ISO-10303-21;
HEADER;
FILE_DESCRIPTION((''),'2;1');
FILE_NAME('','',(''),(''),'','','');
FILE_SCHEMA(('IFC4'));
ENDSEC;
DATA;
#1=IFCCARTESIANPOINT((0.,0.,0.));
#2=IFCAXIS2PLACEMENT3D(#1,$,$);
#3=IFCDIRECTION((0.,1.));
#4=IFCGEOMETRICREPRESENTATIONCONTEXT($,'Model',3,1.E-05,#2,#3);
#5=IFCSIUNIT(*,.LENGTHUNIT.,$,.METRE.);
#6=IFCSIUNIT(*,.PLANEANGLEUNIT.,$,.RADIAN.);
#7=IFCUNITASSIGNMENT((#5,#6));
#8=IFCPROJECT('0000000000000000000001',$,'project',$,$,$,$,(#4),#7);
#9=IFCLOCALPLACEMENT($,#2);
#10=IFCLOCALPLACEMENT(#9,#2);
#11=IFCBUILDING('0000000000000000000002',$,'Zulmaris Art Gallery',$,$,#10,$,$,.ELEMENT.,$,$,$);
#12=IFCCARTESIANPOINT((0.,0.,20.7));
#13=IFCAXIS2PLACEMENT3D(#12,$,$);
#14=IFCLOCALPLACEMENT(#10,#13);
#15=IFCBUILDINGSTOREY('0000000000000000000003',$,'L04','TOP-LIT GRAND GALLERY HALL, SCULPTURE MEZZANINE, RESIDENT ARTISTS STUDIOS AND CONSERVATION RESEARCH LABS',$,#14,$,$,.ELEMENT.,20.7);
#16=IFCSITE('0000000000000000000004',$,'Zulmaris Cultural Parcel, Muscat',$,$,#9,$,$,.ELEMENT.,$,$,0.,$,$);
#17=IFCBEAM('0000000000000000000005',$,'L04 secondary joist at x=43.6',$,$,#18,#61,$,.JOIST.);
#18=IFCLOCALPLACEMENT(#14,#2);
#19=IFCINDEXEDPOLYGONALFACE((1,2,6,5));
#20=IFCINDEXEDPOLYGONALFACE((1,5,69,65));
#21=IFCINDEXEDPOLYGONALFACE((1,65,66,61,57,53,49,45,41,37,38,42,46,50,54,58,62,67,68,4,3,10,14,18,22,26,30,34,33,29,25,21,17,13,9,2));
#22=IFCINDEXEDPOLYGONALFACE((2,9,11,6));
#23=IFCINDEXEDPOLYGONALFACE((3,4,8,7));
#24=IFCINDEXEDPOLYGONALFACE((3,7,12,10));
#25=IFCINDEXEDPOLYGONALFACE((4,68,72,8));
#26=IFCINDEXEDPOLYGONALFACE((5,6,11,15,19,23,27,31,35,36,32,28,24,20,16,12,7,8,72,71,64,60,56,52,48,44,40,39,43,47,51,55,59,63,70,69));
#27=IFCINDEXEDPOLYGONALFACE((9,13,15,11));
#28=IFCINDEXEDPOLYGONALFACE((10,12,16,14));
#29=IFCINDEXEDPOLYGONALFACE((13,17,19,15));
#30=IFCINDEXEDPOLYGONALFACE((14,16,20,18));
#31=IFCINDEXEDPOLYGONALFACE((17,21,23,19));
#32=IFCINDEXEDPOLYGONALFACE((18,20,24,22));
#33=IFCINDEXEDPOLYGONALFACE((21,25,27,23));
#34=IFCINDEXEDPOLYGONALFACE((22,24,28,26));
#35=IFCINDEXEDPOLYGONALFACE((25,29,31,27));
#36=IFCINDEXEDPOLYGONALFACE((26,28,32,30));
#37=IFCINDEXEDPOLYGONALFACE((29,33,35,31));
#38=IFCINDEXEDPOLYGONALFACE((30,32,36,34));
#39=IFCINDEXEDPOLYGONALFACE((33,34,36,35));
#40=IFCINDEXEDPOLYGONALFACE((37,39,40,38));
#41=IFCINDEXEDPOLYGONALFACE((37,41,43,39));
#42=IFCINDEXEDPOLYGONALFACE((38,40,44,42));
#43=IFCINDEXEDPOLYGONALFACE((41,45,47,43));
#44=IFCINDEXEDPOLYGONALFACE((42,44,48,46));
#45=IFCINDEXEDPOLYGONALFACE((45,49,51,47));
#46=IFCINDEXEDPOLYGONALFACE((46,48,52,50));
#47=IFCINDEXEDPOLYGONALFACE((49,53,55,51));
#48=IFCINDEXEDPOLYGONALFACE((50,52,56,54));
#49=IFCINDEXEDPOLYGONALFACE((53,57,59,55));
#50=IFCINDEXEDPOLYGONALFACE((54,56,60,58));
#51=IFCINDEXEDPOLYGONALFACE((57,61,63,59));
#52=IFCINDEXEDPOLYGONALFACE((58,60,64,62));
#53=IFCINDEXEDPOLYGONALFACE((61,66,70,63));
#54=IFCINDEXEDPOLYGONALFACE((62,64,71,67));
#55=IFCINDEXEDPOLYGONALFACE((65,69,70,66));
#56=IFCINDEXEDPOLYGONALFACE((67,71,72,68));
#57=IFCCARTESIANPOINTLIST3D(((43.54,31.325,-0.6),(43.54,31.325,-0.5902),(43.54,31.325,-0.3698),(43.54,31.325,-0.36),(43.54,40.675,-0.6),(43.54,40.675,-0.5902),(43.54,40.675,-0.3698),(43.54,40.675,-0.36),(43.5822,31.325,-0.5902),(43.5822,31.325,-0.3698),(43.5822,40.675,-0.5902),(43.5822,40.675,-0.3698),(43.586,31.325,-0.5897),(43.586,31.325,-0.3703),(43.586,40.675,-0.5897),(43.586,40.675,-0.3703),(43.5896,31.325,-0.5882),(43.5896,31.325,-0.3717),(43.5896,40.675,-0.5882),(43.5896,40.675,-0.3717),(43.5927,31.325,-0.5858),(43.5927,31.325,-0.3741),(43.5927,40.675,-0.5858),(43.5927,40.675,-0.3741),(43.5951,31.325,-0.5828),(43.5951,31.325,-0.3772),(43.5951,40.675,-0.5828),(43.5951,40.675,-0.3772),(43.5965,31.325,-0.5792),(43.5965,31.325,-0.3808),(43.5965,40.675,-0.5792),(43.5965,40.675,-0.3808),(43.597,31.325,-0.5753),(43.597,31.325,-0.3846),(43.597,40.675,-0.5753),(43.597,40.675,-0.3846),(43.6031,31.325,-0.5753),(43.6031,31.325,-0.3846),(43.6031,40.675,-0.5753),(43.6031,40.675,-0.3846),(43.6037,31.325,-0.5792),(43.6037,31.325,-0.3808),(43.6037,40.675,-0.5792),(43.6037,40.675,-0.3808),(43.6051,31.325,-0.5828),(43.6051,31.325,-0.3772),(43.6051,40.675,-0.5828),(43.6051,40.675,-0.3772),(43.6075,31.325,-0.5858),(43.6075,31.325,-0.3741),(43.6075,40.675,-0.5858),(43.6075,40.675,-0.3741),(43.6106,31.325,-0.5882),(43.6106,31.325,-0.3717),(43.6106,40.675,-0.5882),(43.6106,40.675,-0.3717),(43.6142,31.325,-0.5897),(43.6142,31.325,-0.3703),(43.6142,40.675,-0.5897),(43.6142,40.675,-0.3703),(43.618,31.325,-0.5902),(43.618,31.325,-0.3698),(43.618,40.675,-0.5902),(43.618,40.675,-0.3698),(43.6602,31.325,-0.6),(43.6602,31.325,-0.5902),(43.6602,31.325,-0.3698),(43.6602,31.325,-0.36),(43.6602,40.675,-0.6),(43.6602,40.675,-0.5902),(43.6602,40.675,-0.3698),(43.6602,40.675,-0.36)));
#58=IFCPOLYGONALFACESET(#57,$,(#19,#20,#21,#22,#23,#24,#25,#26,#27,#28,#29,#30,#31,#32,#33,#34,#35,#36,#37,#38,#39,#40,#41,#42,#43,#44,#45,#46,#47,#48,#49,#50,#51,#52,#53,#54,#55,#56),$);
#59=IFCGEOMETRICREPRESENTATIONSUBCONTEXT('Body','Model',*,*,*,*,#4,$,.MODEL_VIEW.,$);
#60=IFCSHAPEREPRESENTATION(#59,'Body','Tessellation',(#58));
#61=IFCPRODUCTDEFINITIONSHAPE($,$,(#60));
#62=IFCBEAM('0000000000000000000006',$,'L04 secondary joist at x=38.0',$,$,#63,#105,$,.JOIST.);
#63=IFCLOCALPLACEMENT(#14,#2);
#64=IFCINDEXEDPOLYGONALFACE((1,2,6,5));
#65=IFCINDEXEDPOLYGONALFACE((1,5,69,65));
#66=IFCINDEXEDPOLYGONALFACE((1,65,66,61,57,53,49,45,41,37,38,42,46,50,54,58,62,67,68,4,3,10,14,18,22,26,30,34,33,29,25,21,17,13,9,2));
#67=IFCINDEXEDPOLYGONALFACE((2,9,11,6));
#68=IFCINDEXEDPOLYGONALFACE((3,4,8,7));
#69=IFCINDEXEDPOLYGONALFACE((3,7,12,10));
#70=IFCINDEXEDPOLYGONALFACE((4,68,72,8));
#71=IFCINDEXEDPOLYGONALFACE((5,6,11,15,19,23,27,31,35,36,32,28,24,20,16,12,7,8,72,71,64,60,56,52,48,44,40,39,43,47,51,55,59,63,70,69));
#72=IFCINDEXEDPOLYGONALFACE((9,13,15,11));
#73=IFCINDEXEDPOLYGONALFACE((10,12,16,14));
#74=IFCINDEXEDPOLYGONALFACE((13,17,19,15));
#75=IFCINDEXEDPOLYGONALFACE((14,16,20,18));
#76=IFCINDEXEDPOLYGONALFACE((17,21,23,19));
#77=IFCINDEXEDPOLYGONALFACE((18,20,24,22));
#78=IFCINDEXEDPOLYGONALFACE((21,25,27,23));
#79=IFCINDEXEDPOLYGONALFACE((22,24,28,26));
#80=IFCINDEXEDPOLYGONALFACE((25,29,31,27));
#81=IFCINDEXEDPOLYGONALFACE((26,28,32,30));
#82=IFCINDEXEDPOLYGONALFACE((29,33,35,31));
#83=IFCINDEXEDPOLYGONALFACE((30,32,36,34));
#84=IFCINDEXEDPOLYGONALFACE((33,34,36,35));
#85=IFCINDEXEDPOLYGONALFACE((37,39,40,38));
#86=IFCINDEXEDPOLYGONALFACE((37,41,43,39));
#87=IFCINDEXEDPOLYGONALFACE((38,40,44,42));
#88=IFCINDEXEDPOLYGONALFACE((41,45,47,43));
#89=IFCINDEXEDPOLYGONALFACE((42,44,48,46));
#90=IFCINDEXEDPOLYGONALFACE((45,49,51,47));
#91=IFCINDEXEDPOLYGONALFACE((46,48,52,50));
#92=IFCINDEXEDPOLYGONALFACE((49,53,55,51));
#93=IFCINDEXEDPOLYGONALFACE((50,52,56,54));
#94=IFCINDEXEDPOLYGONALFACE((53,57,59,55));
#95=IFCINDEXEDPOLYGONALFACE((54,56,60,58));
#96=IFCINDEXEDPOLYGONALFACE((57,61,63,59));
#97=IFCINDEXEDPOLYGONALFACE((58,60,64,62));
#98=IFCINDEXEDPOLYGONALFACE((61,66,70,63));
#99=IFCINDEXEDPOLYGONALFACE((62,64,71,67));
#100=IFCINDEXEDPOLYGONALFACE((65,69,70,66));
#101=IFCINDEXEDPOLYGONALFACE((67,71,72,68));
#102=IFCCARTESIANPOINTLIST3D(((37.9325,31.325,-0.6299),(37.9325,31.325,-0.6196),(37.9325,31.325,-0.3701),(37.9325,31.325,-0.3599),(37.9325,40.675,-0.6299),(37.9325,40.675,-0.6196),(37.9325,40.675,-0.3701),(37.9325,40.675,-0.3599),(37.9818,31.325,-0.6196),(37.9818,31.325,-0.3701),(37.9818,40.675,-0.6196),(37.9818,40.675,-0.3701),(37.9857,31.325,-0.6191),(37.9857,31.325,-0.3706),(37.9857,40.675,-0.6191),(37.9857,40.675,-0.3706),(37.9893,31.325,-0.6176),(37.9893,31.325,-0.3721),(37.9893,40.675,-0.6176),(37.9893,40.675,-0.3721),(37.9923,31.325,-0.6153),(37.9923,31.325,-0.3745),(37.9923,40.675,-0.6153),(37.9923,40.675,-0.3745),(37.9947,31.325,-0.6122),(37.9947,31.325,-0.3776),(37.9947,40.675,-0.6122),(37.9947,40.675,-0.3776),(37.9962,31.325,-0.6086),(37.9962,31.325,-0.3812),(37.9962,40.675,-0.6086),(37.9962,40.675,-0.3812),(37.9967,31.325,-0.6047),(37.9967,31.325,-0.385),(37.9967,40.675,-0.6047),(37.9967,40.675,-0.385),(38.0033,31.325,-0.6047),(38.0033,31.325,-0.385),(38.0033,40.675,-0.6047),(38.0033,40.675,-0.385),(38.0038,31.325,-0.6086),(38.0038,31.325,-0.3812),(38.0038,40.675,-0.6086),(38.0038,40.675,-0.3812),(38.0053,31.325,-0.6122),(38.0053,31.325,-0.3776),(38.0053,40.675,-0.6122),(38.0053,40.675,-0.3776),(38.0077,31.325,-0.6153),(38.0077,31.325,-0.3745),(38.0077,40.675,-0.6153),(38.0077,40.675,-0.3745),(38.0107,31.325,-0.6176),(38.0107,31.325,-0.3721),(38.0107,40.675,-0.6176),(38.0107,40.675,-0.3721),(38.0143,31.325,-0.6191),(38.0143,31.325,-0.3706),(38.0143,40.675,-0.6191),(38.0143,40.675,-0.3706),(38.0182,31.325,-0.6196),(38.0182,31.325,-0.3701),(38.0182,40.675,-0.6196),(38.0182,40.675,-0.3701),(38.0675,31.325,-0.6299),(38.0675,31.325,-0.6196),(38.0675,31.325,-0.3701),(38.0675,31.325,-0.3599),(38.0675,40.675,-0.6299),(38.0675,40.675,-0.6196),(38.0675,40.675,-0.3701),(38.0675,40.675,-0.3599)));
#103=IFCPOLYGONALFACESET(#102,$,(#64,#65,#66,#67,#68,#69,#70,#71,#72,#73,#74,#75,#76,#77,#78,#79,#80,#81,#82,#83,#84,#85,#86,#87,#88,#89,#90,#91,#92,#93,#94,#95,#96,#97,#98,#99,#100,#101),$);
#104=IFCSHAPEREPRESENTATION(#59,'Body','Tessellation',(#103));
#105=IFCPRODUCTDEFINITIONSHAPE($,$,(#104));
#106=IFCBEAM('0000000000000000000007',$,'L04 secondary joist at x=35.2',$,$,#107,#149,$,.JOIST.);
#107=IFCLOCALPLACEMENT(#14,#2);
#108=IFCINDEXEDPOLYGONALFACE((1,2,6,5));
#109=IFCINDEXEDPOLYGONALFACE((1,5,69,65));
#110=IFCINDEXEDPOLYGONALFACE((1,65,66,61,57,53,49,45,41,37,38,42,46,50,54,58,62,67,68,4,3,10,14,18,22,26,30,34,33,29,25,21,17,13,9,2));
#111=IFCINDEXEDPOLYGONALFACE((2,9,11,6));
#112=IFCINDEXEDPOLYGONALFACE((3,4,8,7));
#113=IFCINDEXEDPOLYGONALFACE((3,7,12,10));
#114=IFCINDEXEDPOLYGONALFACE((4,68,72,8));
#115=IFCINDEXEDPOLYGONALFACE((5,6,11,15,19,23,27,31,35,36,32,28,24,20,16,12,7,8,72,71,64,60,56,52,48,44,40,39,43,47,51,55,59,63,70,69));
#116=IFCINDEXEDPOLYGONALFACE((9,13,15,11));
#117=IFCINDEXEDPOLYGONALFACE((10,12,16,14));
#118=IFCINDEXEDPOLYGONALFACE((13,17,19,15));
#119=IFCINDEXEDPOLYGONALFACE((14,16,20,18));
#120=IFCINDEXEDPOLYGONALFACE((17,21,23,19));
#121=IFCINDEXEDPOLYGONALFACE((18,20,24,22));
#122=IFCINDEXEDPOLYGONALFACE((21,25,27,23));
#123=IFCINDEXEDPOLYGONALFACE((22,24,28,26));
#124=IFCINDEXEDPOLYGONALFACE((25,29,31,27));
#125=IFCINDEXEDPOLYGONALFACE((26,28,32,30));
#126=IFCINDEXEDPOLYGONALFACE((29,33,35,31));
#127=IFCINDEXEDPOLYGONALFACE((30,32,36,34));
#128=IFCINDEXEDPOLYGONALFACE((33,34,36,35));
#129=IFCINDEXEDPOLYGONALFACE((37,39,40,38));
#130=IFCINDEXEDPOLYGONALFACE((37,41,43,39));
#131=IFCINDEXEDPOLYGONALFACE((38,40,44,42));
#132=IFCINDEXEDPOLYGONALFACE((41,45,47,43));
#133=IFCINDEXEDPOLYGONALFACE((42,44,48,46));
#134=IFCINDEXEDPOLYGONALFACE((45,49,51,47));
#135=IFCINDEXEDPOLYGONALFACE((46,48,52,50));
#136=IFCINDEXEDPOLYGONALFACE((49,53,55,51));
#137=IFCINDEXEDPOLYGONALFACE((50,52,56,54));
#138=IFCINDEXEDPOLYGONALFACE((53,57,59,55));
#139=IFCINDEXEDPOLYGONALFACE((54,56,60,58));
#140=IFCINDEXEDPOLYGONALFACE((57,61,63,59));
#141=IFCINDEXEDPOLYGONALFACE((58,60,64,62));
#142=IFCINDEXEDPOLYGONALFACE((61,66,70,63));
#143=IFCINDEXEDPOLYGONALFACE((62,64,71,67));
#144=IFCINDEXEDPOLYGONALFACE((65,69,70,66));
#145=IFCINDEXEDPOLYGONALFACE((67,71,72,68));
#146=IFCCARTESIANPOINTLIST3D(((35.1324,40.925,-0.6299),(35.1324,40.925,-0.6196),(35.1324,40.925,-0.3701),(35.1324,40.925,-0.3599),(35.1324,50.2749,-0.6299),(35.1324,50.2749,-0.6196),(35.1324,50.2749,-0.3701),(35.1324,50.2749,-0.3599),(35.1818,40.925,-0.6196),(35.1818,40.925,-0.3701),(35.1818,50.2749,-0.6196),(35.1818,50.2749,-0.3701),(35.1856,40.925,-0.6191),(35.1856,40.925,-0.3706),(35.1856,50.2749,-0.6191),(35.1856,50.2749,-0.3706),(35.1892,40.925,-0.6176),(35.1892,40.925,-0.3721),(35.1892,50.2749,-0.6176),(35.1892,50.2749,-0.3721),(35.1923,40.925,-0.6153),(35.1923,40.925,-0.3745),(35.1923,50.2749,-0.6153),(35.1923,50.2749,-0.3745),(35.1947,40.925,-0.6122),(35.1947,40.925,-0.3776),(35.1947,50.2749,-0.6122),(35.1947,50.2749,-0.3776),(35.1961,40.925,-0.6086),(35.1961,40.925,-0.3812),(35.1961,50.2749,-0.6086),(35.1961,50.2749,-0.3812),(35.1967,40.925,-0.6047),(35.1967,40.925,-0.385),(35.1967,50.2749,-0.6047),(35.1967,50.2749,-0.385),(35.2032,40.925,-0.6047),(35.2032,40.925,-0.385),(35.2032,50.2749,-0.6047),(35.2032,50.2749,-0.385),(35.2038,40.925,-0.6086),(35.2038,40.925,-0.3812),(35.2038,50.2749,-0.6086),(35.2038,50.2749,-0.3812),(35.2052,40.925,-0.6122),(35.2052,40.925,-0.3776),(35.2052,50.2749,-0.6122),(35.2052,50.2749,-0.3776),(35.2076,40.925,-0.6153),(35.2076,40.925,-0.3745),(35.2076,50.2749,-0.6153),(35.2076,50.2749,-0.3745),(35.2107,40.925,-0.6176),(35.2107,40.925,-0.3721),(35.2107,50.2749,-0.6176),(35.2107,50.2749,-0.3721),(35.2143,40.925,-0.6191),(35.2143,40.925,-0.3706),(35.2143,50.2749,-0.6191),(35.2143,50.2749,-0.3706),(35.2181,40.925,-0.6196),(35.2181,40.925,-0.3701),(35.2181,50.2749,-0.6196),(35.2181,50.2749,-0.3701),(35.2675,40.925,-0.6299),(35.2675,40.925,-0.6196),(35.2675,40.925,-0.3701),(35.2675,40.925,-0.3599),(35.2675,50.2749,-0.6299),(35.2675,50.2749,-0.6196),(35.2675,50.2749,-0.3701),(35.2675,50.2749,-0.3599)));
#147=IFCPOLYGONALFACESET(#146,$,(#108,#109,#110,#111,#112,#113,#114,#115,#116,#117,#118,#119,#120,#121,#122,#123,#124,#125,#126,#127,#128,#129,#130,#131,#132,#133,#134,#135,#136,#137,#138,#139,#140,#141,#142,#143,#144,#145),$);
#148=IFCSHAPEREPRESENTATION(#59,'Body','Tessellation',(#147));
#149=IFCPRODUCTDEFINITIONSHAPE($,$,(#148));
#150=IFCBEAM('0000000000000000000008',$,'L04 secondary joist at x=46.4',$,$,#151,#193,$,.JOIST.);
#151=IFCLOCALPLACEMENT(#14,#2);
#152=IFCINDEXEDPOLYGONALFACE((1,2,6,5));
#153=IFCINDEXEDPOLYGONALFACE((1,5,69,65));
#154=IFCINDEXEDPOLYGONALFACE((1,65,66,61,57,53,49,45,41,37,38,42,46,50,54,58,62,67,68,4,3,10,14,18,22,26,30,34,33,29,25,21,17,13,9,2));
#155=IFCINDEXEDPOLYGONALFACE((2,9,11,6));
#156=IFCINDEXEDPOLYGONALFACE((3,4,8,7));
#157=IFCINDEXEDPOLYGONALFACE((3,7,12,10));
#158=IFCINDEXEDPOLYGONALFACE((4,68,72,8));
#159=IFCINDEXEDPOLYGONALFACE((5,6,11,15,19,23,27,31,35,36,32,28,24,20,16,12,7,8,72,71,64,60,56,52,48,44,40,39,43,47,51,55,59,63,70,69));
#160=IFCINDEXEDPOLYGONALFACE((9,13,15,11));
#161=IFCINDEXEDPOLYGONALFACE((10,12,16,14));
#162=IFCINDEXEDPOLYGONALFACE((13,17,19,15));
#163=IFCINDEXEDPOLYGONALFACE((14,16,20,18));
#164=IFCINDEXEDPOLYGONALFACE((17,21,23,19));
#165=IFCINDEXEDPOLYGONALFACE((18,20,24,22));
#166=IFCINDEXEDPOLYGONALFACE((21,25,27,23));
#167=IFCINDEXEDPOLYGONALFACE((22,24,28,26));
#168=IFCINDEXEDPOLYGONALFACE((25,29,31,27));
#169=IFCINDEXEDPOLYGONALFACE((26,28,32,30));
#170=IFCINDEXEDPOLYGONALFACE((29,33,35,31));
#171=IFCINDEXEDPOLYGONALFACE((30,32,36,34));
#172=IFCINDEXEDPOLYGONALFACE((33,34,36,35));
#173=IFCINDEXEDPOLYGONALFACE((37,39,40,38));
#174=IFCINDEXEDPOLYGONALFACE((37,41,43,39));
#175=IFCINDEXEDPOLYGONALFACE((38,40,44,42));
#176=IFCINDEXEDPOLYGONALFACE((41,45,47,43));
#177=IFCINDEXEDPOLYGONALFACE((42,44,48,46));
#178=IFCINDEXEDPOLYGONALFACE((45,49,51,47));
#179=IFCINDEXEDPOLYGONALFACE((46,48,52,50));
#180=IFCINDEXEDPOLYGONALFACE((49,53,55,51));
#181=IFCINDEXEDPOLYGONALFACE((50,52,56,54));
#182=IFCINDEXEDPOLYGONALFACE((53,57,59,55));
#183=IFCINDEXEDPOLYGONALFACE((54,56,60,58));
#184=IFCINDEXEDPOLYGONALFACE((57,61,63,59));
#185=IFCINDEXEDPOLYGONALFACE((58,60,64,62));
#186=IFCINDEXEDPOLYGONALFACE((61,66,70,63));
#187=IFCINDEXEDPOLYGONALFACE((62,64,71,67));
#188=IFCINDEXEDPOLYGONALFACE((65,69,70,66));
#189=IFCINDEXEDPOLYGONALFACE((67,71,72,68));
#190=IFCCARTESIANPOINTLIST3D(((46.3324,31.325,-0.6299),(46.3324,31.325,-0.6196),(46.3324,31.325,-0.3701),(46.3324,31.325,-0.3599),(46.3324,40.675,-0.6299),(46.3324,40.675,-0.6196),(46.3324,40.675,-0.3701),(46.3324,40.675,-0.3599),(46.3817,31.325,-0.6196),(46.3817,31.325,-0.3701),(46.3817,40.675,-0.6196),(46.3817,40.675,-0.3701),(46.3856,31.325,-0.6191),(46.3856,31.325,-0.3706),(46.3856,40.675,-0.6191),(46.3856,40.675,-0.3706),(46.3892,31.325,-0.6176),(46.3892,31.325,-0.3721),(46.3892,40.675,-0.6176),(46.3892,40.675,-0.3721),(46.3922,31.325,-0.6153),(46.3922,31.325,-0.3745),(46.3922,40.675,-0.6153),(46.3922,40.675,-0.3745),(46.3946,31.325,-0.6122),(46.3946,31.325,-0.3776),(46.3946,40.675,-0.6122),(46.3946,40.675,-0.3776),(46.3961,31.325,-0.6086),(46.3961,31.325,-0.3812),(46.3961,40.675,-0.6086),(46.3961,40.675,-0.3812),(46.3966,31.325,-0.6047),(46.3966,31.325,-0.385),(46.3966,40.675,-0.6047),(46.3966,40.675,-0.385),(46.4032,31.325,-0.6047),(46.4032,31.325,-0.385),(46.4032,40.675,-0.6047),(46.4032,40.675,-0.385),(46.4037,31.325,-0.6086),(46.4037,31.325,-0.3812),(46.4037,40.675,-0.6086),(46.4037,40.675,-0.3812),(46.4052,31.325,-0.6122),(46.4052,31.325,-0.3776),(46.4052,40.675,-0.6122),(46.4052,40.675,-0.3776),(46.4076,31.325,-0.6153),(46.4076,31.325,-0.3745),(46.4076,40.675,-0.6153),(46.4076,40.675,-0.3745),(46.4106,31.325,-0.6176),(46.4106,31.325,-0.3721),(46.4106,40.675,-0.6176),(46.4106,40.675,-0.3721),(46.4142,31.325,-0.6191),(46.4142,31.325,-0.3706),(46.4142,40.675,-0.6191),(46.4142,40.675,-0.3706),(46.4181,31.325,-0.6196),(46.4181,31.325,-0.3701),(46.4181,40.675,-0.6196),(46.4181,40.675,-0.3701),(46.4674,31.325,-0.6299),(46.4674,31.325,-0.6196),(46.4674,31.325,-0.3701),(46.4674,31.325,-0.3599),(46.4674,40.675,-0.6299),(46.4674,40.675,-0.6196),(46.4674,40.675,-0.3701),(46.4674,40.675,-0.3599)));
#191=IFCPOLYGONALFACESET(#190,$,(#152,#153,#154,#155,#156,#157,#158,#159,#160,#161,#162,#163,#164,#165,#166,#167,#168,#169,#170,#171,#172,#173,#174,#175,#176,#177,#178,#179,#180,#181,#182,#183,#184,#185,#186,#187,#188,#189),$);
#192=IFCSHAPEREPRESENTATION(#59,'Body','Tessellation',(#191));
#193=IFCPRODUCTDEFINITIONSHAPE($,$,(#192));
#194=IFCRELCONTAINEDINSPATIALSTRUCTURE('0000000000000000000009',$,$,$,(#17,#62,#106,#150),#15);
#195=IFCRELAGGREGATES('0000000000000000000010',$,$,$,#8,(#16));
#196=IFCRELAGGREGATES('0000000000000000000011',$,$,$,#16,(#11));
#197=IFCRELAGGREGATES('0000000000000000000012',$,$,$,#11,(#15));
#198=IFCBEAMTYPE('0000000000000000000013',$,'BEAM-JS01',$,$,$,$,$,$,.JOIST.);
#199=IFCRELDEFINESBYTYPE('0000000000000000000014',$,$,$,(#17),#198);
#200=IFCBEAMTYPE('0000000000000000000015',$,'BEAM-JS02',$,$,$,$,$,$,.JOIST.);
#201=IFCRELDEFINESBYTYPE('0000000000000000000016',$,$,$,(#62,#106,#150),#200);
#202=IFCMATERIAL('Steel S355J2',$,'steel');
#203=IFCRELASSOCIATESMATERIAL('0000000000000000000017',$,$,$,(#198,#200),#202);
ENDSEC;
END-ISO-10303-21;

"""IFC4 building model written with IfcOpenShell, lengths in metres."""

from ifc_helpers import new_model, si_unit, direction, frame, origin, origin_2d, place, context, subcontext, project, spatial, i_section, extrude, material, material_profile, profile_set, type_object, element, save


model = new_model("IFC4")

# Units and contexts
model_context = context("Model", 3, precision=1e-05, world=origin(), true_north=direction((0.0, 1.0)))
body_context = subcontext(model_context, "Body", "Model", "MODEL_VIEW")
ifc_project = project(units=[si_unit("LENGTHUNIT", "METRE"), si_unit("PLANEANGLEUNIT", "RADIAN")], contexts=[model_context])

# Site, building, storey
site_placement = place(None, origin())
site = spatial("IfcSite", under=ifc_project, at=site_placement, Name="Zulmaris Cultural Parcel, Muscat", CompositionType="ELEMENT", RefElevation=0.0)
building_placement = place(site_placement, origin())
building = spatial("IfcBuilding", under=site, at=building_placement, Name="Zulmaris Art Gallery", CompositionType="ELEMENT")
storey_placement = place(building_placement, frame((0.0, 0.0, 20.7)))
storey = spatial("IfcBuildingStorey", under=building, at=storey_placement, Name="L04", Description="TOP-LIT GRAND GALLERY HALL, SCULPTURE MEZZANINE, RESIDENT ARTISTS STUDIOS AND CONSERVATION RESEARCH LABS", CompositionType="ELEMENT", Elevation=20.7)

# Beams
ifc_material_1 = material(Name="Steel S355J2", Category="steel")
ifc_material_profile_1 = material_profile(ifc_material_1, i_section(OverallWidth=0.1201, OverallDepth=0.24, WebThickness=0.0061, FlangeThickness=0.0098, FilletRadius=0.0149, at=origin_2d()), Name="IPE 240")
ifc_profile_set_1 = profile_set([ifc_material_profile_1], Name="Steel S355J2")
beam_type_1 = type_object("IfcBeamType", Name="BEAM-JS01", PredefinedType="JOIST", material=ifc_profile_set_1)
for number, where, z_axis, x_axis, name in (
    (1, (43.6001, 31.325, -0.48), (0.0, 1.0, 0.0), (-1.0, 0.0, 0.0), "L04 secondary joist at x=43.6"),
):
    element("IfcBeam", number, at=place(storey_placement, frame(where, z_axis=z_axis, x_axis=x_axis)), inside=storey, type_object=beam_type_1, Name=name, PredefinedType="JOIST", context=body_context, shape_type="SweptSolid", body=[
        extrude(i_section(OverallWidth=0.1201, OverallDepth=0.24, WebThickness=0.0061, FlangeThickness=0.0098, FilletRadius=0.0149, at=origin_2d()), origin(), (0.0, 0.0, 1.0), 9.3501),
    ])
ifc_material_profile_2 = material_profile(ifc_material_1, i_section(OverallWidth=0.135, OverallDepth=0.27, WebThickness=0.0066, FlangeThickness=0.0103, FilletRadius=0.0149, at=origin_2d()), Name="IPE 270")
ifc_profile_set_2 = profile_set([ifc_material_profile_2], Name="Steel S355J2")
beam_type_2 = type_object("IfcBeamType", Name="BEAM-JS02", PredefinedType="JOIST", material=ifc_profile_set_2)
beam_1_placement = place(storey_placement, frame((38.0, 31.325, -0.4949), z_axis=(0.0, 1.0, 0.0), x_axis=(-1.0, 0.0, 0.0)))
element("IfcBeam", 2, at=beam_1_placement, inside=storey, type_object=beam_type_2, Name="L04 secondary joist at x=38.0", PredefinedType="JOIST", context=body_context, shape_type="SweptSolid", body=[
    extrude(i_section(OverallWidth=0.135, OverallDepth=0.27, WebThickness=0.0066, FlangeThickness=0.0103, FilletRadius=0.0149, at=origin_2d()), origin(), (0.0, 0.0, 1.0), 9.3501),
])
beam_2_placement = place(storey_placement, frame((35.2, 40.925, -0.4949), z_axis=(0.0, 1.0, 0.0), x_axis=(-1.0, 0.0, 0.0)))
element("IfcBeam", 3, at=beam_2_placement, inside=storey, type_object=beam_type_2, Name="L04 secondary joist at x=35.2", PredefinedType="JOIST", context=body_context, shape_type="SweptSolid", body=[
    extrude(i_section(OverallWidth=0.135, OverallDepth=0.27, WebThickness=0.0066, FlangeThickness=0.0103, FilletRadius=0.0149, at=origin_2d()), origin(), (0.0, 0.0, 1.0), 9.3499),
])
beam_3_placement = place(storey_placement, frame((46.3999, 31.325, -0.4949), z_axis=(0.0, 1.0, 0.0), x_axis=(-1.0, 0.0, 0.0)))
element("IfcBeam", 4, at=beam_3_placement, inside=storey, type_object=beam_type_2, Name="L04 secondary joist at x=46.4", PredefinedType="JOIST", context=body_context, shape_type="SweptSolid", body=[
    extrude(i_section(OverallWidth=0.135, OverallDepth=0.27, WebThickness=0.0066, FlangeThickness=0.0103, FilletRadius=0.0149, at=origin_2d()), origin(), (0.0, 0.0, 1.0), 9.3501),
])

save(model, "model.ifc")
